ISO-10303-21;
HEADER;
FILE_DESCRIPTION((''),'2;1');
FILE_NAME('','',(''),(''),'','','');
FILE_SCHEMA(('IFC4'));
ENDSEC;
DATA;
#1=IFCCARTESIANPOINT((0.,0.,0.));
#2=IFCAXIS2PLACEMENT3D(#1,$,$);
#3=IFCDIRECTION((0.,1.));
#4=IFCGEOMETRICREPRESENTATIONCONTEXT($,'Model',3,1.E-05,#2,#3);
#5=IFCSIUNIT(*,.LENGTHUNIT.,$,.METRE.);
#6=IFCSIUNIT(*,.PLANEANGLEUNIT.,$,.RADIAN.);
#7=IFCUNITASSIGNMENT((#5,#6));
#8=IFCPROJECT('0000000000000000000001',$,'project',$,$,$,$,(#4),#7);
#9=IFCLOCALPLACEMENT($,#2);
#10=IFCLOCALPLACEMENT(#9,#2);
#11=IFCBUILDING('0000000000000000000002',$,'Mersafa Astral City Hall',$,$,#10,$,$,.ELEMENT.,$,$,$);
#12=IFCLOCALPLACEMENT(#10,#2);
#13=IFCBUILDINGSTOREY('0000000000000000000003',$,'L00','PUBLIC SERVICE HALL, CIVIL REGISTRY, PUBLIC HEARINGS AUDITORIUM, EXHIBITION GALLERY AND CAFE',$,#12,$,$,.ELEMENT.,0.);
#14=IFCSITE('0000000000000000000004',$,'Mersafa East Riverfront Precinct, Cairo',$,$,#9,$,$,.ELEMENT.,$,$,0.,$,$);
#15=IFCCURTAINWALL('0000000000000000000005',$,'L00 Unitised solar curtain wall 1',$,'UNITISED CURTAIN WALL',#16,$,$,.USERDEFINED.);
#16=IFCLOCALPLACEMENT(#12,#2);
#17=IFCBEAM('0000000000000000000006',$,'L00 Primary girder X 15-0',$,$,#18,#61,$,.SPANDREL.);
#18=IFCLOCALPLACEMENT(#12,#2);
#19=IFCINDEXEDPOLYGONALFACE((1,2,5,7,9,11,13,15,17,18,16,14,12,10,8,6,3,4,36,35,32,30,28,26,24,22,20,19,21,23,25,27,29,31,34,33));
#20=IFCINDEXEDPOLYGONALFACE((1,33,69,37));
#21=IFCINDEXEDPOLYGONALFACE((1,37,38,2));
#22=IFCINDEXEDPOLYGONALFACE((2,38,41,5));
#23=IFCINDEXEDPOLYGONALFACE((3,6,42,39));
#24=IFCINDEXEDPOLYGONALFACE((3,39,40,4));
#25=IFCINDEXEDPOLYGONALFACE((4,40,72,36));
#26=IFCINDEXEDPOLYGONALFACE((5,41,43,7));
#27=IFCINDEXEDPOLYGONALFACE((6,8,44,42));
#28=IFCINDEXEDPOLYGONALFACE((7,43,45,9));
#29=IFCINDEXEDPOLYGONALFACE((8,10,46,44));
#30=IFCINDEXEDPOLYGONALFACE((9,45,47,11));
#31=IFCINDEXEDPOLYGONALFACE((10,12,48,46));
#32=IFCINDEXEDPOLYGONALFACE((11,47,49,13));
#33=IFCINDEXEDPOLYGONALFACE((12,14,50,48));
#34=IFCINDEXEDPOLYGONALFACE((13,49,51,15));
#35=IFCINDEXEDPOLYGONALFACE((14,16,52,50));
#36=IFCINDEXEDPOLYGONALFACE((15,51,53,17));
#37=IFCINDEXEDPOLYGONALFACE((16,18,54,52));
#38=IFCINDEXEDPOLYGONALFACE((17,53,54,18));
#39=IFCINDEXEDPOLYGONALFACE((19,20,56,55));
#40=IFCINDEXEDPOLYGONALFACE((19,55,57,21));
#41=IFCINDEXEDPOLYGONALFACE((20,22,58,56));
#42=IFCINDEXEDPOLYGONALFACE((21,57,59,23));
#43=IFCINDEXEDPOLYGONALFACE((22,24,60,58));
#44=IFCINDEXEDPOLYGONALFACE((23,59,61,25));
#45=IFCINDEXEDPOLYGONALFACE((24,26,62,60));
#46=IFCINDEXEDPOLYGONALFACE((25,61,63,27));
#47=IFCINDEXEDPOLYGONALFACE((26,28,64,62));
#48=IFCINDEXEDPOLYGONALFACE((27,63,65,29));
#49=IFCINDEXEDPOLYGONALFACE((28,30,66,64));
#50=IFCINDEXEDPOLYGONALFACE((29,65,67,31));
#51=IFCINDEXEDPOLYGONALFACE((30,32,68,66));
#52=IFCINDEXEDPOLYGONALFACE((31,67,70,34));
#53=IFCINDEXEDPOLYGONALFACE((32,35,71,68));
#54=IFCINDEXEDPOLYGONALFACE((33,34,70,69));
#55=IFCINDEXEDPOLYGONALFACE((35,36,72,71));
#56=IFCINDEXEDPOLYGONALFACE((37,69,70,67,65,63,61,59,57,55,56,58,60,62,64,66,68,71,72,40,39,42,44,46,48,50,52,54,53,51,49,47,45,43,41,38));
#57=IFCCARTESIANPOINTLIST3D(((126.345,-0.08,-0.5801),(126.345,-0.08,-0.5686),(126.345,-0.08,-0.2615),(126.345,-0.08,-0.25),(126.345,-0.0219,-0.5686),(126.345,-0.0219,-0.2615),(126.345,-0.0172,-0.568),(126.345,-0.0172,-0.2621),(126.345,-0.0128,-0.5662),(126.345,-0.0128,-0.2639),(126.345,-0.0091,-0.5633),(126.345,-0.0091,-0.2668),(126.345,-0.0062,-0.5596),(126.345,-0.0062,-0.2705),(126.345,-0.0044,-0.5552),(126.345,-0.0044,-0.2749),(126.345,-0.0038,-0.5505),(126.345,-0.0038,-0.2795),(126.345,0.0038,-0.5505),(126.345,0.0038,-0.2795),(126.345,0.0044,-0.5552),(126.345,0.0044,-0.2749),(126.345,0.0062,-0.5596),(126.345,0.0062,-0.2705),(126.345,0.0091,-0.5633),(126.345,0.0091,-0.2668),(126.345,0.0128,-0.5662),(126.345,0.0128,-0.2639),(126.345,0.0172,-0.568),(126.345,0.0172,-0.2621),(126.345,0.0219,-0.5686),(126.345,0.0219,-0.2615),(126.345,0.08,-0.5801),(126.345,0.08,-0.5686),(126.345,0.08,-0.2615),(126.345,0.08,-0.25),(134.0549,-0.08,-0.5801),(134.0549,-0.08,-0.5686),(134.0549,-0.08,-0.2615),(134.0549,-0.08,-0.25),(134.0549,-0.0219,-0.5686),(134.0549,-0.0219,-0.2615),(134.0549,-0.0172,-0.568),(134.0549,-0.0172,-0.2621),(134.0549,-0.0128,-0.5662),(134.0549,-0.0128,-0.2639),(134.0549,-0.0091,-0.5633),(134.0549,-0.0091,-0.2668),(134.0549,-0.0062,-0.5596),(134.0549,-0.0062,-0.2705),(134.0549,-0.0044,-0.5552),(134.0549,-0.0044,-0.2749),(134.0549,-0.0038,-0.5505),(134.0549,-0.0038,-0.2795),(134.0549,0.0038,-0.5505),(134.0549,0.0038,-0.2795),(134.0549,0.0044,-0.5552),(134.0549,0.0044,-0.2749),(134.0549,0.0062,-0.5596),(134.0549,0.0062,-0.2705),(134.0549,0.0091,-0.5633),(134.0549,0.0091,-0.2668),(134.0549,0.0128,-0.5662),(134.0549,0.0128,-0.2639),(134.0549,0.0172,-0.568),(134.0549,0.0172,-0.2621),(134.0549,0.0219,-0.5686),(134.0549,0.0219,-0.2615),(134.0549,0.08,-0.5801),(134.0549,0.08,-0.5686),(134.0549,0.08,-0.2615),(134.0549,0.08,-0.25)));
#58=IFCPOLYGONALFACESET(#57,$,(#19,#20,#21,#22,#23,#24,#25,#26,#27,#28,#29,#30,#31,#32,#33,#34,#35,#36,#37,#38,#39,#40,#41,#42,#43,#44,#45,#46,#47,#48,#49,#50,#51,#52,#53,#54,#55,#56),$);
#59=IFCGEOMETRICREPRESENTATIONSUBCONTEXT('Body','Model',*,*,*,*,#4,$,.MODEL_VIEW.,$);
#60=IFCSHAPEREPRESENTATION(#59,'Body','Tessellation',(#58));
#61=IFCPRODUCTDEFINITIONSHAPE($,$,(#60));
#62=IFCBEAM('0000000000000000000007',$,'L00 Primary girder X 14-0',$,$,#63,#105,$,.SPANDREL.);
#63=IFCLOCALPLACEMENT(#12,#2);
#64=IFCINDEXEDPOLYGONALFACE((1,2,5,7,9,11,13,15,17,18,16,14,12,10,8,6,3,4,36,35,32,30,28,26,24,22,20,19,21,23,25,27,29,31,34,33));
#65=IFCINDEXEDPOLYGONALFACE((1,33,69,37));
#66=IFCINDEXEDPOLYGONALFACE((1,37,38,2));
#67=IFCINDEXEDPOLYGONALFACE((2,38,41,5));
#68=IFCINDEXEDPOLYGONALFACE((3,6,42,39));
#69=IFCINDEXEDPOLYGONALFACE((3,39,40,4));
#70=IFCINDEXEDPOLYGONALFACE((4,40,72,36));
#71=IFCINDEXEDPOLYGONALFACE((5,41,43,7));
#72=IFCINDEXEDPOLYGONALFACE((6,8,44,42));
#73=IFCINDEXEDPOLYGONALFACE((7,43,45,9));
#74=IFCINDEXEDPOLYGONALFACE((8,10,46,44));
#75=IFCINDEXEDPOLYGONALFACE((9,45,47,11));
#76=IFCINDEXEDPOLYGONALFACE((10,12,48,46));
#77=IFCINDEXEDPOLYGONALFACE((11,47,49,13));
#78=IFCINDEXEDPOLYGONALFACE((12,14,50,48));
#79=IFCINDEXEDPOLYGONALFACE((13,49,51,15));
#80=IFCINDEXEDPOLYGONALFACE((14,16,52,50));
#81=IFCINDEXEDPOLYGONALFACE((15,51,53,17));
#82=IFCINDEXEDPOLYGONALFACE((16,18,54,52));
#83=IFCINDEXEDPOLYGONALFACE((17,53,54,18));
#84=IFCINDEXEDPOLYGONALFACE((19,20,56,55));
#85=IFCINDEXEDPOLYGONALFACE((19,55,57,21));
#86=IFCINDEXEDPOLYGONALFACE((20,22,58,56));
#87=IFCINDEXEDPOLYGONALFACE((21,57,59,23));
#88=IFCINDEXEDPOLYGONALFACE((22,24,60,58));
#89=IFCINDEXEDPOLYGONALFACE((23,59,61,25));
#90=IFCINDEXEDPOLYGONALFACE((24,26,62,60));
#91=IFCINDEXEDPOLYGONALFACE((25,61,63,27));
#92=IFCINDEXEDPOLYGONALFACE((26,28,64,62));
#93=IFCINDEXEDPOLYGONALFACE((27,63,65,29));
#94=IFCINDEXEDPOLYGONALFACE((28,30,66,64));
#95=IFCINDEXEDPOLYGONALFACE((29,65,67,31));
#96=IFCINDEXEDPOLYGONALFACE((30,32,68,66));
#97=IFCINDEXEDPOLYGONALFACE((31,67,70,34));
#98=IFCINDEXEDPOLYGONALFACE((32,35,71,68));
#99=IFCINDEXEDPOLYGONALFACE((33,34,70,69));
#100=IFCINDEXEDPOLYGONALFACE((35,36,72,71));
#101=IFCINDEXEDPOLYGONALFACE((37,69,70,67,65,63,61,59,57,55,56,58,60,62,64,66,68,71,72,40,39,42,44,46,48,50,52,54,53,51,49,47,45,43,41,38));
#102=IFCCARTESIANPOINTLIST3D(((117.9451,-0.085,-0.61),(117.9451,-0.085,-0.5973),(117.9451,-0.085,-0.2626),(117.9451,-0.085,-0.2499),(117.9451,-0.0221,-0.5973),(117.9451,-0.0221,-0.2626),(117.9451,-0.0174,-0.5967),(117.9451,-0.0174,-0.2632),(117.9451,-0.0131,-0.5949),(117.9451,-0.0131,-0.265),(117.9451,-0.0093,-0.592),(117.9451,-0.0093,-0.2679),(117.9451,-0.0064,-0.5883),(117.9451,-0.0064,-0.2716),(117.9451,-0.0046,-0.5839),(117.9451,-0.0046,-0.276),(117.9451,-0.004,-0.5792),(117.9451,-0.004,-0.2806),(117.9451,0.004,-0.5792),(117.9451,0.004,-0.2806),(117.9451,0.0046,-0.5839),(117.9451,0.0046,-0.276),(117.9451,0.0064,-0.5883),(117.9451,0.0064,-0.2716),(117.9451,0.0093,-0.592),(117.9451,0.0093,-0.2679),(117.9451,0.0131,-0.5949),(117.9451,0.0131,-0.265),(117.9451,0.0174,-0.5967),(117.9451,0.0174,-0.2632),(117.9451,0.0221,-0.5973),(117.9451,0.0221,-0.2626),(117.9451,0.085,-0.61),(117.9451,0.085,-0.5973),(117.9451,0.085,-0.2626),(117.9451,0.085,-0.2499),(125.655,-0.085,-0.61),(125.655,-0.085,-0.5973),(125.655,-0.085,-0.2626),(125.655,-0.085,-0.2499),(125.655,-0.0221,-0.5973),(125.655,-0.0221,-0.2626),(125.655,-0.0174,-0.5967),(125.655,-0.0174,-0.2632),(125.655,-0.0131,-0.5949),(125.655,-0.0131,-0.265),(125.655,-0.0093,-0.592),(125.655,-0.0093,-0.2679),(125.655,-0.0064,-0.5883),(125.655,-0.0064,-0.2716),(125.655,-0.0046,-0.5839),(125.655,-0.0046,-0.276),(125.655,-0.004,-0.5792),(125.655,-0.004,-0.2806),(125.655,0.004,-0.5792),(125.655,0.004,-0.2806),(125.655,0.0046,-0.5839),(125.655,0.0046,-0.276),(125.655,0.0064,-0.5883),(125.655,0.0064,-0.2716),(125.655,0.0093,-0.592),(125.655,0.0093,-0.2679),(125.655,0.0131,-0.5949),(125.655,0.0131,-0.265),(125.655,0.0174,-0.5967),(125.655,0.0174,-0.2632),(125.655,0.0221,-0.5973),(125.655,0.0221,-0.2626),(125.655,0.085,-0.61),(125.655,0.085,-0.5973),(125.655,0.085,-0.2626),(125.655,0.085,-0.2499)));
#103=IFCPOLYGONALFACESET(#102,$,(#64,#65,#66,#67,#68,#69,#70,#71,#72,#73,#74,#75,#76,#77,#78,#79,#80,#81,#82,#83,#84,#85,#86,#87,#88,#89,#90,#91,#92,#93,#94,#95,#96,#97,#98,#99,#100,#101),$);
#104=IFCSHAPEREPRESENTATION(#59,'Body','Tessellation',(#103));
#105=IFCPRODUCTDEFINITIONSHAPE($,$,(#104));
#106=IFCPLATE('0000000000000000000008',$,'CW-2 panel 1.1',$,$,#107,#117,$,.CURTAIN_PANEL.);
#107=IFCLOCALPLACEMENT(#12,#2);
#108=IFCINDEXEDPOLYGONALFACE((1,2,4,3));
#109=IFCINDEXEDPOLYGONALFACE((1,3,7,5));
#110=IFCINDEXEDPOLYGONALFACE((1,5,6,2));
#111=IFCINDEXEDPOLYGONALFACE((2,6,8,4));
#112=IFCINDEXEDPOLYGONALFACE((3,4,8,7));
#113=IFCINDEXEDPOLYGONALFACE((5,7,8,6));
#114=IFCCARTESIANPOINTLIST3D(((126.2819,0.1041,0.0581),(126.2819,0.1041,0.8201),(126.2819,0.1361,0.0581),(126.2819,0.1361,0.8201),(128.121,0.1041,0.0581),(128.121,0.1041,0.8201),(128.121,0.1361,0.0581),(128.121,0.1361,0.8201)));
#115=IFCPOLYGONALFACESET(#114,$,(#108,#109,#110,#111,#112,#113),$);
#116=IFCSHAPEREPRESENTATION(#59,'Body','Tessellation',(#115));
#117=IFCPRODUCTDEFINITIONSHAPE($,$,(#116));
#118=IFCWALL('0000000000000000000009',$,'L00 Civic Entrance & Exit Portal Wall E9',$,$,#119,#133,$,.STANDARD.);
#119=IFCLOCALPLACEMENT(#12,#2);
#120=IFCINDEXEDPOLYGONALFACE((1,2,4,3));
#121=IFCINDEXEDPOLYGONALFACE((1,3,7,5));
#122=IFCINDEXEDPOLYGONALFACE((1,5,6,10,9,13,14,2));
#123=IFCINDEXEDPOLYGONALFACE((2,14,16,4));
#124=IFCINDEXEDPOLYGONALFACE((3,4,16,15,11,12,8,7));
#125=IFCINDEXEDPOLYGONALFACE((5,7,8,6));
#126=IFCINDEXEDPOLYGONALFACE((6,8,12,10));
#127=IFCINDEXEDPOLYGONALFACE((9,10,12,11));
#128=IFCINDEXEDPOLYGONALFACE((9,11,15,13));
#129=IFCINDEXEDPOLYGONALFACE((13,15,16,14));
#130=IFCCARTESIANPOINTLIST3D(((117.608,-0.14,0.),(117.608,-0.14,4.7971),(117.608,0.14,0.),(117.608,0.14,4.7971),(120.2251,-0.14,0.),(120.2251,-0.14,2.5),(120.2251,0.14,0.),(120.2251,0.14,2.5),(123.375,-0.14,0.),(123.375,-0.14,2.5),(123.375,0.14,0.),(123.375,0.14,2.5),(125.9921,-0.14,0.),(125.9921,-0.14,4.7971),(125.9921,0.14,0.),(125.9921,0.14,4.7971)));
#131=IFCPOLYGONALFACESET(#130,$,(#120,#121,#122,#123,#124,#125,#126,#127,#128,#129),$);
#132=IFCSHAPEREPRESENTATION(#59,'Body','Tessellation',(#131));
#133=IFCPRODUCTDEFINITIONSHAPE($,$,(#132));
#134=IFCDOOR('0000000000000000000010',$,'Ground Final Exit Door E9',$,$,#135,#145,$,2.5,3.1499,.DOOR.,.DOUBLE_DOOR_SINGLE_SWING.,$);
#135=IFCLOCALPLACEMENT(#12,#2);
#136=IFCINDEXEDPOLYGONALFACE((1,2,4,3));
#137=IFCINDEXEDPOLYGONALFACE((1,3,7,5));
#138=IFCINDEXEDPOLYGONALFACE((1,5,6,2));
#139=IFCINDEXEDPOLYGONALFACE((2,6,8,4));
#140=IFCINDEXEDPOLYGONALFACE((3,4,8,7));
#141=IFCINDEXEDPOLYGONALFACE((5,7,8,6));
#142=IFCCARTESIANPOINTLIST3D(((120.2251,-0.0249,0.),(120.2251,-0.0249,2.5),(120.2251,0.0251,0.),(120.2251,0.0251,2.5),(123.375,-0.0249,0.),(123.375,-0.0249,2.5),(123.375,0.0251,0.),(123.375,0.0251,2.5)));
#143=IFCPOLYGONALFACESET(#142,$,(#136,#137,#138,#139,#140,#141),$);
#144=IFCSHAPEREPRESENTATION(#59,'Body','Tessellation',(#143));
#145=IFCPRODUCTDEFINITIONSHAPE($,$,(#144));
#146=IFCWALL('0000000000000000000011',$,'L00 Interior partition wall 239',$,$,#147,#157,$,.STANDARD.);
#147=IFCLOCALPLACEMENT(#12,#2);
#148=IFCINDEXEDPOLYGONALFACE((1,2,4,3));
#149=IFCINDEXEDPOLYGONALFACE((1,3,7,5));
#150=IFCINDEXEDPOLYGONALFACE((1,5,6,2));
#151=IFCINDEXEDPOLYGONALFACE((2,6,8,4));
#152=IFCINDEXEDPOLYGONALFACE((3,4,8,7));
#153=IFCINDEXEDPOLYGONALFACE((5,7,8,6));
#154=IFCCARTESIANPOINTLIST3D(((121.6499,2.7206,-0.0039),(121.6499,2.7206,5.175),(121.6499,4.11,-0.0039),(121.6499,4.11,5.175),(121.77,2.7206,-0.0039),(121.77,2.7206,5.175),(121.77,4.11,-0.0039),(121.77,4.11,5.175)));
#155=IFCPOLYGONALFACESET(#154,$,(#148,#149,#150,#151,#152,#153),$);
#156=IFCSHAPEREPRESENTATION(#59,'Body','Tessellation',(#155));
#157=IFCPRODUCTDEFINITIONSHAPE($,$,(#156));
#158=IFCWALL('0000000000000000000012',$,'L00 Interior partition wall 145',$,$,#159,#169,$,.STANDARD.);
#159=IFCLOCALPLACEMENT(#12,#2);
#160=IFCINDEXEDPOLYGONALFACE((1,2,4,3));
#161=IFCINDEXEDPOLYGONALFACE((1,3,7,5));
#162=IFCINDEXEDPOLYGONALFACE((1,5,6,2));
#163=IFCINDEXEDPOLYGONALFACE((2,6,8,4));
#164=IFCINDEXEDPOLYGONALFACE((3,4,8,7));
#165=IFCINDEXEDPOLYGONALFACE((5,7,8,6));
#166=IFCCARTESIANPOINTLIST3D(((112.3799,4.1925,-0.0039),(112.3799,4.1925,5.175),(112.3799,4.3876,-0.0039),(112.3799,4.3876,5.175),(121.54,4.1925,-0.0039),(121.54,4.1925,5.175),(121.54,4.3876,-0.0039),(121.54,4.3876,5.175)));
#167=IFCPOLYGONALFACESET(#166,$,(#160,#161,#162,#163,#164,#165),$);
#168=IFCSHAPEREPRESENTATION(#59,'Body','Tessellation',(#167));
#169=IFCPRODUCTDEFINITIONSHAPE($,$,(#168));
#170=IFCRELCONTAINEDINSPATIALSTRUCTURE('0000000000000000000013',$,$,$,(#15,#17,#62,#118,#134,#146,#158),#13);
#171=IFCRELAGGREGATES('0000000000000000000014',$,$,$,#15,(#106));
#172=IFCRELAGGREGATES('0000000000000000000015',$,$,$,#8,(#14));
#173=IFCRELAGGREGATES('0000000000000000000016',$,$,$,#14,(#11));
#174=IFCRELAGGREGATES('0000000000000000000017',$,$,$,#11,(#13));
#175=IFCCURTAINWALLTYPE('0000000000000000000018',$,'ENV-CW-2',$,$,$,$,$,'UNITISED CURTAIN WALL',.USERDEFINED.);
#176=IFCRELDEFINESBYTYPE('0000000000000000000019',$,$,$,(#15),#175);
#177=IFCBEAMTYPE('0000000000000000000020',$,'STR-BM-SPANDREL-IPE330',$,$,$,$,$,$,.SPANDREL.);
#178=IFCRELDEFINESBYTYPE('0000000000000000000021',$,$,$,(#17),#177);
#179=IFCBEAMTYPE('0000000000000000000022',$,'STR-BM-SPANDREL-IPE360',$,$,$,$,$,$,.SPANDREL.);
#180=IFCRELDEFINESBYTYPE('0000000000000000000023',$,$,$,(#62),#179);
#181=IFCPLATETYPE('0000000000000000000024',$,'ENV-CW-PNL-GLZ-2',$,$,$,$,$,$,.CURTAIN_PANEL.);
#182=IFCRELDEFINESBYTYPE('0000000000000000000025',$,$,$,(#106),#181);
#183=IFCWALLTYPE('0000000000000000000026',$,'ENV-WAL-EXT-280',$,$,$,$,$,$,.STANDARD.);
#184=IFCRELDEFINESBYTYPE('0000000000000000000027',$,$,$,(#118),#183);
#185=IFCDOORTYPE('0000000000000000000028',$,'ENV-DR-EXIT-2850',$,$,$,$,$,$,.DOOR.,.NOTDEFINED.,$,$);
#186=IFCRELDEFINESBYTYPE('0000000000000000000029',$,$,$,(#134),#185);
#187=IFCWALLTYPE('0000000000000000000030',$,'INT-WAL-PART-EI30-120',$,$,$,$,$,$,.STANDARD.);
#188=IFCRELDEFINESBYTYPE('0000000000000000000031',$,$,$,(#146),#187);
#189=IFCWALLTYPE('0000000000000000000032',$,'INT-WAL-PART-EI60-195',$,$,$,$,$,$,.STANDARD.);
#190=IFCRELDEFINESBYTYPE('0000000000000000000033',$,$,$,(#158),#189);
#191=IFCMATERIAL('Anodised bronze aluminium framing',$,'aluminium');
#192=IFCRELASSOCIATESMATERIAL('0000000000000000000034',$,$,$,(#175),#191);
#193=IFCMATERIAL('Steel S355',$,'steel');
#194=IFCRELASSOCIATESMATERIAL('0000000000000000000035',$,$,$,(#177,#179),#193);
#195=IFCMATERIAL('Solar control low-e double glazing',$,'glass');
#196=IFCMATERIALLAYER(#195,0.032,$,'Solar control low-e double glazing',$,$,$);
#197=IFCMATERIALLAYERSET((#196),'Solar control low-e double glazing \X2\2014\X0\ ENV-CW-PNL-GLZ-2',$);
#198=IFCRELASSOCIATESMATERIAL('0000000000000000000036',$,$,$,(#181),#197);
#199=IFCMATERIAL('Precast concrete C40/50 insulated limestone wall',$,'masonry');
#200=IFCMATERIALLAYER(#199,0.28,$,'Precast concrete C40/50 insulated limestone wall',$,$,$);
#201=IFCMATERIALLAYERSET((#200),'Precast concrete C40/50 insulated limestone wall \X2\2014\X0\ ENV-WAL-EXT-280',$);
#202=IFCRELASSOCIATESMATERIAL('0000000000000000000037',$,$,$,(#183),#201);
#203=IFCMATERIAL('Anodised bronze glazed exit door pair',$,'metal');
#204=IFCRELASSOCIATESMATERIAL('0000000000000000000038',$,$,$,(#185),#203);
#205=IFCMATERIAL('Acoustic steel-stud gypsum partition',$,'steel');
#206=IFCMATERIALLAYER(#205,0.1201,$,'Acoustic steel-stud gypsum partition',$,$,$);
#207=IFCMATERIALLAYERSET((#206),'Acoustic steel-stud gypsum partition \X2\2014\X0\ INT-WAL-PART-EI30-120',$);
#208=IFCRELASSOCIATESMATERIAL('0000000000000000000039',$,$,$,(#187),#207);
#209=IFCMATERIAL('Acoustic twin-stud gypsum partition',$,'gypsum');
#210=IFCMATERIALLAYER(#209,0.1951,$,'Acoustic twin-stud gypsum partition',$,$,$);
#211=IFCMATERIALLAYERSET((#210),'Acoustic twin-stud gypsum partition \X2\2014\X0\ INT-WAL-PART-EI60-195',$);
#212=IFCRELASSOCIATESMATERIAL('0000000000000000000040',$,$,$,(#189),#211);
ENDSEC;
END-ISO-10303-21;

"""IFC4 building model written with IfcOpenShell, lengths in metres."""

from ifc_helpers import new_model, si_unit, direction, frame, frame_2d, origin, origin_2d, place, context, subcontext, project, spatial, rectangle, i_section, extrude, material, layer, layer_set, material_profile, profile_set, type_object, element, fill, aggregate, save


model = new_model("IFC4")

# Units and contexts
model_context = context("Model", 3, precision=1e-05, world=origin(), true_north=direction((0.0, 1.0)))
body_context = subcontext(model_context, "Body", "Model", "MODEL_VIEW")
ifc_project = project(units=[si_unit("LENGTHUNIT", "METRE"), si_unit("PLANEANGLEUNIT", "RADIAN")], contexts=[model_context])

# Site, building, storey
site_placement = place(None, origin())
site = spatial("IfcSite", under=ifc_project, at=site_placement, Name="Mersafa East Riverfront Precinct, Cairo", CompositionType="ELEMENT", RefElevation=0.0)
building_placement = place(site_placement, origin())
building = spatial("IfcBuilding", under=site, at=building_placement, Name="Mersafa Astral City Hall", CompositionType="ELEMENT")
storey_placement = place(building_placement, origin())
storey = spatial("IfcBuildingStorey", under=building, at=storey_placement, Name="L00", Description="PUBLIC SERVICE HALL, CIVIL REGISTRY, PUBLIC HEARINGS AUDITORIUM, EXHIBITION GALLERY AND CAFE", CompositionType="ELEMENT", Elevation=0.0)

# Shared definitions
ifc_material_1 = material(Name="Steel S355", Category="steel")

# Curtain wall
ifc_material_2 = material(Name="Anodised bronze aluminium framing", Category="aluminium")
curtain_wall_type = type_object("IfcCurtainWallType", Name="ENV-CW-2", ElementType="UNITISED CURTAIN WALL", PredefinedType="USERDEFINED", material=ifc_material_2)
curtain_wall_placement = place(storey_placement, origin())
curtain_wall = element("IfcCurtainWall", 1, at=curtain_wall_placement, inside=storey, type_object=curtain_wall_type, Name="L00 Unitised solar curtain wall 1", ObjectType="UNITISED CURTAIN WALL", PredefinedType="USERDEFINED")

# Beams
ifc_material_profile_1 = material_profile(ifc_material_1, i_section(OverallWidth=0.1599, OverallDepth=0.3301, WebThickness=0.0076, FlangeThickness=0.0115, FilletRadius=0.0181, at=origin_2d()), Name="IPE 330")
ifc_profile_set_1 = profile_set([ifc_material_profile_1], Name="Steel S355")
beam_type_1 = type_object("IfcBeamType", Name="STR-BM-SPANDREL-IPE330", PredefinedType="SPANDREL", material=ifc_profile_set_1)
beam_1_placement = place(storey_placement, frame((126.345, 0.0, -0.415), z_axis=(1.0, 0.0, 0.0), x_axis=(0.0, 1.0, 0.0)))
element("IfcBeam", 2, at=beam_1_placement, inside=storey, type_object=beam_type_1, Name="L00 Primary girder X 15-0", PredefinedType="SPANDREL", context=body_context, shape_type="SweptSolid", body=[
    extrude(i_section(OverallWidth=0.1599, OverallDepth=0.3301, WebThickness=0.0076, FlangeThickness=0.0115, FilletRadius=0.0181, at=origin_2d()), origin(), (0.0, 0.0, 1.0), 7.71),
])
ifc_material_profile_2 = material_profile(ifc_material_1, i_section(OverallWidth=0.1699, OverallDepth=0.3601, WebThickness=0.0081, FlangeThickness=0.0127, FilletRadius=0.0181, at=origin_2d()), Name="IPE 360")
ifc_profile_set_2 = profile_set([ifc_material_profile_2], Name="Steel S355")
beam_type_2 = type_object("IfcBeamType", Name="STR-BM-SPANDREL-IPE360", PredefinedType="SPANDREL", material=ifc_profile_set_2)
beam_2_placement = place(storey_placement, frame((117.9451, 0.0, -0.4299), z_axis=(1.0, 0.0, 0.0), x_axis=(0.0, 1.0, 0.0)))
element("IfcBeam", 3, at=beam_2_placement, inside=storey, type_object=beam_type_2, Name="L00 Primary girder X 14-0", PredefinedType="SPANDREL", context=body_context, shape_type="SweptSolid", body=[
    extrude(i_section(OverallWidth=0.1699, OverallDepth=0.3601, WebThickness=0.0081, FlangeThickness=0.0127, FilletRadius=0.0181, at=origin_2d()), origin(), (0.0, 0.0, 1.0), 7.71),
])

# Plate
ifc_material_3 = material(Name="Solar control low-e double glazing", Category="glass")
ifc_layer_1 = layer(ifc_material_3, 0.032, Name="Solar control low-e double glazing")
ifc_layer_set_1 = layer_set([ifc_layer_1], Name="Solar control low-e double glazing — ENV-CW-PNL-GLZ-2")
plate_type = type_object("IfcPlateType", Name="ENV-CW-PNL-GLZ-2", PredefinedType="CURTAIN_PANEL", material=ifc_layer_set_1)
plate_placement = place(storey_placement, frame((127.2014, 0.1201, 0.0581), z_axis=(0.0, 0.0, 1.0), x_axis=(1.0, 0.0, 0.0)))
plate = element("IfcPlate", 4, at=plate_placement, type_object=plate_type, Name="CW-2 panel 1.1", PredefinedType="CURTAIN_PANEL", context=body_context, shape_type="SweptSolid", body=[
    extrude(rectangle(XDim=1.8391, YDim=0.032, at=origin_2d()), origin(), (0.0, 0.0, 1.0), 0.762),
])
aggregate(curtain_wall, [plate])

# Wall, opening, door
ifc_material_4 = material(Name="Precast concrete C40/50 insulated limestone wall", Category="masonry")
ifc_layer_2 = layer(ifc_material_4, 0.28, Name="Precast concrete C40/50 insulated limestone wall")
ifc_layer_set_2 = layer_set([ifc_layer_2], Name="Precast concrete C40/50 insulated limestone wall — ENV-WAL-EXT-280")
wall_type_1 = type_object("IfcWallType", Name="ENV-WAL-EXT-280", PredefinedType="STANDARD", material=ifc_layer_set_2)
ifc_material_5 = material(Name="Anodised bronze glazed exit door pair", Category="metal")
wall_1_placement = place(storey_placement, frame((125.9919, 0.0, 0.0), z_axis=(0.0, 0.0, 1.0), x_axis=(-1.0, 0.0, 0.0)))
wall_1 = element("IfcWall", 5, at=wall_1_placement, inside=storey, type_object=wall_type_1, Name="L00 Civic Entrance & Exit Portal Wall E9", PredefinedType="STANDARD", context=body_context, shape_type="SweptSolid", body=[
    extrude(rectangle(XDim=8.384, YDim=0.28, at=frame_2d((4.1919, 0.0))), origin(), (0.0, 0.0, 1.0), 4.7971),
])
opening_1_placement = place(wall_1_placement, frame((2.6169, 0.0, 0.0)))
opening_1 = element("IfcOpeningElement", 6, at=opening_1_placement, cuts=wall_1, PredefinedType="OPENING", context=body_context, shape_type="SweptSolid", body=[
    extrude(rectangle(XDim=3.1499, YDim=2.5, at=frame_2d((1.575, 1.25))), frame((0.0, 0.1499, 0.0), z_axis=(0.0, -1.0, 0.0), x_axis=(1.0, 0.0, 0.0)), (0.0, 0.0, 1.0), 0.3),
])
door_type_1 = type_object("IfcDoorType", Name="ENV-DR-EXIT-2850", OperationType="NOTDEFINED", PredefinedType="DOOR", material=ifc_material_5)
door_1_placement = place(opening_1_placement, origin())
door_1 = element("IfcDoor", 7, at=door_1_placement, inside=storey, type_object=door_type_1, Name="Ground Final Exit Door E9", OperationType="DOUBLE_DOOR_SINGLE_SWING", OverallHeight=2.5, OverallWidth=3.1499, PredefinedType="DOOR", context=body_context, shape_type="SweptSolid", body=[
    extrude(rectangle(XDim=3.1499, YDim=2.5, at=frame_2d((1.575, 1.25))), frame((0.0, 0.0249, 0.0), z_axis=(0.0, -1.0, 0.0), x_axis=(1.0, 0.0, 0.0)), (0.0, 0.0, 1.0), 0.05),
])
fill(opening_1, door_1)

# Walls
ifc_material_6 = material(Name="Acoustic steel-stud gypsum partition", Category="steel")
ifc_layer_3 = layer(ifc_material_6, 0.1201, Name="Acoustic steel-stud gypsum partition")
ifc_layer_set_3 = layer_set([ifc_layer_3], Name="Acoustic steel-stud gypsum partition — INT-WAL-PART-EI30-120")
wall_type_2 = type_object("IfcWallType", Name="INT-WAL-PART-EI30-120", PredefinedType="STANDARD", material=ifc_layer_set_3)
wall_2_placement = place(storey_placement, frame((121.71, 4.1101, -0.0039), z_axis=(0.0, 0.0, 1.0), x_axis=(0.0, -1.0, 0.0)))
element("IfcWall", 8, at=wall_2_placement, inside=storey, type_object=wall_type_2, Name="L00 Interior partition wall 239", PredefinedType="STANDARD", context=body_context, shape_type="SweptSolid", body=[
    extrude(rectangle(XDim=1.3894, YDim=0.1201, at=frame_2d((0.6948, 0.0))), origin(), (0.0, 0.0, 1.0), 5.179),
])
ifc_material_7 = material(Name="Acoustic twin-stud gypsum partition", Category="gypsum")
ifc_layer_4 = layer(ifc_material_7, 0.1951, Name="Acoustic twin-stud gypsum partition")
ifc_layer_set_4 = layer_set([ifc_layer_4], Name="Acoustic twin-stud gypsum partition — INT-WAL-PART-EI60-195")
wall_type_3 = type_object("IfcWallType", Name="INT-WAL-PART-EI60-195", PredefinedType="STANDARD", material=ifc_layer_set_4)
wall_3_placement = place(storey_placement, frame((121.54, 4.29, -0.0039), z_axis=(0.0, 0.0, 1.0), x_axis=(-1.0, 0.0, 0.0)))
element("IfcWall", 9, at=wall_3_placement, inside=storey, type_object=wall_type_3, Name="L00 Interior partition wall 145", PredefinedType="STANDARD", context=body_context, shape_type="SweptSolid", body=[
    extrude(rectangle(XDim=9.1602, YDim=0.1951, at=frame_2d((4.5801, 0.0))), origin(), (0.0, 0.0, 1.0), 5.179),
])

save(model, "model.ifc")
